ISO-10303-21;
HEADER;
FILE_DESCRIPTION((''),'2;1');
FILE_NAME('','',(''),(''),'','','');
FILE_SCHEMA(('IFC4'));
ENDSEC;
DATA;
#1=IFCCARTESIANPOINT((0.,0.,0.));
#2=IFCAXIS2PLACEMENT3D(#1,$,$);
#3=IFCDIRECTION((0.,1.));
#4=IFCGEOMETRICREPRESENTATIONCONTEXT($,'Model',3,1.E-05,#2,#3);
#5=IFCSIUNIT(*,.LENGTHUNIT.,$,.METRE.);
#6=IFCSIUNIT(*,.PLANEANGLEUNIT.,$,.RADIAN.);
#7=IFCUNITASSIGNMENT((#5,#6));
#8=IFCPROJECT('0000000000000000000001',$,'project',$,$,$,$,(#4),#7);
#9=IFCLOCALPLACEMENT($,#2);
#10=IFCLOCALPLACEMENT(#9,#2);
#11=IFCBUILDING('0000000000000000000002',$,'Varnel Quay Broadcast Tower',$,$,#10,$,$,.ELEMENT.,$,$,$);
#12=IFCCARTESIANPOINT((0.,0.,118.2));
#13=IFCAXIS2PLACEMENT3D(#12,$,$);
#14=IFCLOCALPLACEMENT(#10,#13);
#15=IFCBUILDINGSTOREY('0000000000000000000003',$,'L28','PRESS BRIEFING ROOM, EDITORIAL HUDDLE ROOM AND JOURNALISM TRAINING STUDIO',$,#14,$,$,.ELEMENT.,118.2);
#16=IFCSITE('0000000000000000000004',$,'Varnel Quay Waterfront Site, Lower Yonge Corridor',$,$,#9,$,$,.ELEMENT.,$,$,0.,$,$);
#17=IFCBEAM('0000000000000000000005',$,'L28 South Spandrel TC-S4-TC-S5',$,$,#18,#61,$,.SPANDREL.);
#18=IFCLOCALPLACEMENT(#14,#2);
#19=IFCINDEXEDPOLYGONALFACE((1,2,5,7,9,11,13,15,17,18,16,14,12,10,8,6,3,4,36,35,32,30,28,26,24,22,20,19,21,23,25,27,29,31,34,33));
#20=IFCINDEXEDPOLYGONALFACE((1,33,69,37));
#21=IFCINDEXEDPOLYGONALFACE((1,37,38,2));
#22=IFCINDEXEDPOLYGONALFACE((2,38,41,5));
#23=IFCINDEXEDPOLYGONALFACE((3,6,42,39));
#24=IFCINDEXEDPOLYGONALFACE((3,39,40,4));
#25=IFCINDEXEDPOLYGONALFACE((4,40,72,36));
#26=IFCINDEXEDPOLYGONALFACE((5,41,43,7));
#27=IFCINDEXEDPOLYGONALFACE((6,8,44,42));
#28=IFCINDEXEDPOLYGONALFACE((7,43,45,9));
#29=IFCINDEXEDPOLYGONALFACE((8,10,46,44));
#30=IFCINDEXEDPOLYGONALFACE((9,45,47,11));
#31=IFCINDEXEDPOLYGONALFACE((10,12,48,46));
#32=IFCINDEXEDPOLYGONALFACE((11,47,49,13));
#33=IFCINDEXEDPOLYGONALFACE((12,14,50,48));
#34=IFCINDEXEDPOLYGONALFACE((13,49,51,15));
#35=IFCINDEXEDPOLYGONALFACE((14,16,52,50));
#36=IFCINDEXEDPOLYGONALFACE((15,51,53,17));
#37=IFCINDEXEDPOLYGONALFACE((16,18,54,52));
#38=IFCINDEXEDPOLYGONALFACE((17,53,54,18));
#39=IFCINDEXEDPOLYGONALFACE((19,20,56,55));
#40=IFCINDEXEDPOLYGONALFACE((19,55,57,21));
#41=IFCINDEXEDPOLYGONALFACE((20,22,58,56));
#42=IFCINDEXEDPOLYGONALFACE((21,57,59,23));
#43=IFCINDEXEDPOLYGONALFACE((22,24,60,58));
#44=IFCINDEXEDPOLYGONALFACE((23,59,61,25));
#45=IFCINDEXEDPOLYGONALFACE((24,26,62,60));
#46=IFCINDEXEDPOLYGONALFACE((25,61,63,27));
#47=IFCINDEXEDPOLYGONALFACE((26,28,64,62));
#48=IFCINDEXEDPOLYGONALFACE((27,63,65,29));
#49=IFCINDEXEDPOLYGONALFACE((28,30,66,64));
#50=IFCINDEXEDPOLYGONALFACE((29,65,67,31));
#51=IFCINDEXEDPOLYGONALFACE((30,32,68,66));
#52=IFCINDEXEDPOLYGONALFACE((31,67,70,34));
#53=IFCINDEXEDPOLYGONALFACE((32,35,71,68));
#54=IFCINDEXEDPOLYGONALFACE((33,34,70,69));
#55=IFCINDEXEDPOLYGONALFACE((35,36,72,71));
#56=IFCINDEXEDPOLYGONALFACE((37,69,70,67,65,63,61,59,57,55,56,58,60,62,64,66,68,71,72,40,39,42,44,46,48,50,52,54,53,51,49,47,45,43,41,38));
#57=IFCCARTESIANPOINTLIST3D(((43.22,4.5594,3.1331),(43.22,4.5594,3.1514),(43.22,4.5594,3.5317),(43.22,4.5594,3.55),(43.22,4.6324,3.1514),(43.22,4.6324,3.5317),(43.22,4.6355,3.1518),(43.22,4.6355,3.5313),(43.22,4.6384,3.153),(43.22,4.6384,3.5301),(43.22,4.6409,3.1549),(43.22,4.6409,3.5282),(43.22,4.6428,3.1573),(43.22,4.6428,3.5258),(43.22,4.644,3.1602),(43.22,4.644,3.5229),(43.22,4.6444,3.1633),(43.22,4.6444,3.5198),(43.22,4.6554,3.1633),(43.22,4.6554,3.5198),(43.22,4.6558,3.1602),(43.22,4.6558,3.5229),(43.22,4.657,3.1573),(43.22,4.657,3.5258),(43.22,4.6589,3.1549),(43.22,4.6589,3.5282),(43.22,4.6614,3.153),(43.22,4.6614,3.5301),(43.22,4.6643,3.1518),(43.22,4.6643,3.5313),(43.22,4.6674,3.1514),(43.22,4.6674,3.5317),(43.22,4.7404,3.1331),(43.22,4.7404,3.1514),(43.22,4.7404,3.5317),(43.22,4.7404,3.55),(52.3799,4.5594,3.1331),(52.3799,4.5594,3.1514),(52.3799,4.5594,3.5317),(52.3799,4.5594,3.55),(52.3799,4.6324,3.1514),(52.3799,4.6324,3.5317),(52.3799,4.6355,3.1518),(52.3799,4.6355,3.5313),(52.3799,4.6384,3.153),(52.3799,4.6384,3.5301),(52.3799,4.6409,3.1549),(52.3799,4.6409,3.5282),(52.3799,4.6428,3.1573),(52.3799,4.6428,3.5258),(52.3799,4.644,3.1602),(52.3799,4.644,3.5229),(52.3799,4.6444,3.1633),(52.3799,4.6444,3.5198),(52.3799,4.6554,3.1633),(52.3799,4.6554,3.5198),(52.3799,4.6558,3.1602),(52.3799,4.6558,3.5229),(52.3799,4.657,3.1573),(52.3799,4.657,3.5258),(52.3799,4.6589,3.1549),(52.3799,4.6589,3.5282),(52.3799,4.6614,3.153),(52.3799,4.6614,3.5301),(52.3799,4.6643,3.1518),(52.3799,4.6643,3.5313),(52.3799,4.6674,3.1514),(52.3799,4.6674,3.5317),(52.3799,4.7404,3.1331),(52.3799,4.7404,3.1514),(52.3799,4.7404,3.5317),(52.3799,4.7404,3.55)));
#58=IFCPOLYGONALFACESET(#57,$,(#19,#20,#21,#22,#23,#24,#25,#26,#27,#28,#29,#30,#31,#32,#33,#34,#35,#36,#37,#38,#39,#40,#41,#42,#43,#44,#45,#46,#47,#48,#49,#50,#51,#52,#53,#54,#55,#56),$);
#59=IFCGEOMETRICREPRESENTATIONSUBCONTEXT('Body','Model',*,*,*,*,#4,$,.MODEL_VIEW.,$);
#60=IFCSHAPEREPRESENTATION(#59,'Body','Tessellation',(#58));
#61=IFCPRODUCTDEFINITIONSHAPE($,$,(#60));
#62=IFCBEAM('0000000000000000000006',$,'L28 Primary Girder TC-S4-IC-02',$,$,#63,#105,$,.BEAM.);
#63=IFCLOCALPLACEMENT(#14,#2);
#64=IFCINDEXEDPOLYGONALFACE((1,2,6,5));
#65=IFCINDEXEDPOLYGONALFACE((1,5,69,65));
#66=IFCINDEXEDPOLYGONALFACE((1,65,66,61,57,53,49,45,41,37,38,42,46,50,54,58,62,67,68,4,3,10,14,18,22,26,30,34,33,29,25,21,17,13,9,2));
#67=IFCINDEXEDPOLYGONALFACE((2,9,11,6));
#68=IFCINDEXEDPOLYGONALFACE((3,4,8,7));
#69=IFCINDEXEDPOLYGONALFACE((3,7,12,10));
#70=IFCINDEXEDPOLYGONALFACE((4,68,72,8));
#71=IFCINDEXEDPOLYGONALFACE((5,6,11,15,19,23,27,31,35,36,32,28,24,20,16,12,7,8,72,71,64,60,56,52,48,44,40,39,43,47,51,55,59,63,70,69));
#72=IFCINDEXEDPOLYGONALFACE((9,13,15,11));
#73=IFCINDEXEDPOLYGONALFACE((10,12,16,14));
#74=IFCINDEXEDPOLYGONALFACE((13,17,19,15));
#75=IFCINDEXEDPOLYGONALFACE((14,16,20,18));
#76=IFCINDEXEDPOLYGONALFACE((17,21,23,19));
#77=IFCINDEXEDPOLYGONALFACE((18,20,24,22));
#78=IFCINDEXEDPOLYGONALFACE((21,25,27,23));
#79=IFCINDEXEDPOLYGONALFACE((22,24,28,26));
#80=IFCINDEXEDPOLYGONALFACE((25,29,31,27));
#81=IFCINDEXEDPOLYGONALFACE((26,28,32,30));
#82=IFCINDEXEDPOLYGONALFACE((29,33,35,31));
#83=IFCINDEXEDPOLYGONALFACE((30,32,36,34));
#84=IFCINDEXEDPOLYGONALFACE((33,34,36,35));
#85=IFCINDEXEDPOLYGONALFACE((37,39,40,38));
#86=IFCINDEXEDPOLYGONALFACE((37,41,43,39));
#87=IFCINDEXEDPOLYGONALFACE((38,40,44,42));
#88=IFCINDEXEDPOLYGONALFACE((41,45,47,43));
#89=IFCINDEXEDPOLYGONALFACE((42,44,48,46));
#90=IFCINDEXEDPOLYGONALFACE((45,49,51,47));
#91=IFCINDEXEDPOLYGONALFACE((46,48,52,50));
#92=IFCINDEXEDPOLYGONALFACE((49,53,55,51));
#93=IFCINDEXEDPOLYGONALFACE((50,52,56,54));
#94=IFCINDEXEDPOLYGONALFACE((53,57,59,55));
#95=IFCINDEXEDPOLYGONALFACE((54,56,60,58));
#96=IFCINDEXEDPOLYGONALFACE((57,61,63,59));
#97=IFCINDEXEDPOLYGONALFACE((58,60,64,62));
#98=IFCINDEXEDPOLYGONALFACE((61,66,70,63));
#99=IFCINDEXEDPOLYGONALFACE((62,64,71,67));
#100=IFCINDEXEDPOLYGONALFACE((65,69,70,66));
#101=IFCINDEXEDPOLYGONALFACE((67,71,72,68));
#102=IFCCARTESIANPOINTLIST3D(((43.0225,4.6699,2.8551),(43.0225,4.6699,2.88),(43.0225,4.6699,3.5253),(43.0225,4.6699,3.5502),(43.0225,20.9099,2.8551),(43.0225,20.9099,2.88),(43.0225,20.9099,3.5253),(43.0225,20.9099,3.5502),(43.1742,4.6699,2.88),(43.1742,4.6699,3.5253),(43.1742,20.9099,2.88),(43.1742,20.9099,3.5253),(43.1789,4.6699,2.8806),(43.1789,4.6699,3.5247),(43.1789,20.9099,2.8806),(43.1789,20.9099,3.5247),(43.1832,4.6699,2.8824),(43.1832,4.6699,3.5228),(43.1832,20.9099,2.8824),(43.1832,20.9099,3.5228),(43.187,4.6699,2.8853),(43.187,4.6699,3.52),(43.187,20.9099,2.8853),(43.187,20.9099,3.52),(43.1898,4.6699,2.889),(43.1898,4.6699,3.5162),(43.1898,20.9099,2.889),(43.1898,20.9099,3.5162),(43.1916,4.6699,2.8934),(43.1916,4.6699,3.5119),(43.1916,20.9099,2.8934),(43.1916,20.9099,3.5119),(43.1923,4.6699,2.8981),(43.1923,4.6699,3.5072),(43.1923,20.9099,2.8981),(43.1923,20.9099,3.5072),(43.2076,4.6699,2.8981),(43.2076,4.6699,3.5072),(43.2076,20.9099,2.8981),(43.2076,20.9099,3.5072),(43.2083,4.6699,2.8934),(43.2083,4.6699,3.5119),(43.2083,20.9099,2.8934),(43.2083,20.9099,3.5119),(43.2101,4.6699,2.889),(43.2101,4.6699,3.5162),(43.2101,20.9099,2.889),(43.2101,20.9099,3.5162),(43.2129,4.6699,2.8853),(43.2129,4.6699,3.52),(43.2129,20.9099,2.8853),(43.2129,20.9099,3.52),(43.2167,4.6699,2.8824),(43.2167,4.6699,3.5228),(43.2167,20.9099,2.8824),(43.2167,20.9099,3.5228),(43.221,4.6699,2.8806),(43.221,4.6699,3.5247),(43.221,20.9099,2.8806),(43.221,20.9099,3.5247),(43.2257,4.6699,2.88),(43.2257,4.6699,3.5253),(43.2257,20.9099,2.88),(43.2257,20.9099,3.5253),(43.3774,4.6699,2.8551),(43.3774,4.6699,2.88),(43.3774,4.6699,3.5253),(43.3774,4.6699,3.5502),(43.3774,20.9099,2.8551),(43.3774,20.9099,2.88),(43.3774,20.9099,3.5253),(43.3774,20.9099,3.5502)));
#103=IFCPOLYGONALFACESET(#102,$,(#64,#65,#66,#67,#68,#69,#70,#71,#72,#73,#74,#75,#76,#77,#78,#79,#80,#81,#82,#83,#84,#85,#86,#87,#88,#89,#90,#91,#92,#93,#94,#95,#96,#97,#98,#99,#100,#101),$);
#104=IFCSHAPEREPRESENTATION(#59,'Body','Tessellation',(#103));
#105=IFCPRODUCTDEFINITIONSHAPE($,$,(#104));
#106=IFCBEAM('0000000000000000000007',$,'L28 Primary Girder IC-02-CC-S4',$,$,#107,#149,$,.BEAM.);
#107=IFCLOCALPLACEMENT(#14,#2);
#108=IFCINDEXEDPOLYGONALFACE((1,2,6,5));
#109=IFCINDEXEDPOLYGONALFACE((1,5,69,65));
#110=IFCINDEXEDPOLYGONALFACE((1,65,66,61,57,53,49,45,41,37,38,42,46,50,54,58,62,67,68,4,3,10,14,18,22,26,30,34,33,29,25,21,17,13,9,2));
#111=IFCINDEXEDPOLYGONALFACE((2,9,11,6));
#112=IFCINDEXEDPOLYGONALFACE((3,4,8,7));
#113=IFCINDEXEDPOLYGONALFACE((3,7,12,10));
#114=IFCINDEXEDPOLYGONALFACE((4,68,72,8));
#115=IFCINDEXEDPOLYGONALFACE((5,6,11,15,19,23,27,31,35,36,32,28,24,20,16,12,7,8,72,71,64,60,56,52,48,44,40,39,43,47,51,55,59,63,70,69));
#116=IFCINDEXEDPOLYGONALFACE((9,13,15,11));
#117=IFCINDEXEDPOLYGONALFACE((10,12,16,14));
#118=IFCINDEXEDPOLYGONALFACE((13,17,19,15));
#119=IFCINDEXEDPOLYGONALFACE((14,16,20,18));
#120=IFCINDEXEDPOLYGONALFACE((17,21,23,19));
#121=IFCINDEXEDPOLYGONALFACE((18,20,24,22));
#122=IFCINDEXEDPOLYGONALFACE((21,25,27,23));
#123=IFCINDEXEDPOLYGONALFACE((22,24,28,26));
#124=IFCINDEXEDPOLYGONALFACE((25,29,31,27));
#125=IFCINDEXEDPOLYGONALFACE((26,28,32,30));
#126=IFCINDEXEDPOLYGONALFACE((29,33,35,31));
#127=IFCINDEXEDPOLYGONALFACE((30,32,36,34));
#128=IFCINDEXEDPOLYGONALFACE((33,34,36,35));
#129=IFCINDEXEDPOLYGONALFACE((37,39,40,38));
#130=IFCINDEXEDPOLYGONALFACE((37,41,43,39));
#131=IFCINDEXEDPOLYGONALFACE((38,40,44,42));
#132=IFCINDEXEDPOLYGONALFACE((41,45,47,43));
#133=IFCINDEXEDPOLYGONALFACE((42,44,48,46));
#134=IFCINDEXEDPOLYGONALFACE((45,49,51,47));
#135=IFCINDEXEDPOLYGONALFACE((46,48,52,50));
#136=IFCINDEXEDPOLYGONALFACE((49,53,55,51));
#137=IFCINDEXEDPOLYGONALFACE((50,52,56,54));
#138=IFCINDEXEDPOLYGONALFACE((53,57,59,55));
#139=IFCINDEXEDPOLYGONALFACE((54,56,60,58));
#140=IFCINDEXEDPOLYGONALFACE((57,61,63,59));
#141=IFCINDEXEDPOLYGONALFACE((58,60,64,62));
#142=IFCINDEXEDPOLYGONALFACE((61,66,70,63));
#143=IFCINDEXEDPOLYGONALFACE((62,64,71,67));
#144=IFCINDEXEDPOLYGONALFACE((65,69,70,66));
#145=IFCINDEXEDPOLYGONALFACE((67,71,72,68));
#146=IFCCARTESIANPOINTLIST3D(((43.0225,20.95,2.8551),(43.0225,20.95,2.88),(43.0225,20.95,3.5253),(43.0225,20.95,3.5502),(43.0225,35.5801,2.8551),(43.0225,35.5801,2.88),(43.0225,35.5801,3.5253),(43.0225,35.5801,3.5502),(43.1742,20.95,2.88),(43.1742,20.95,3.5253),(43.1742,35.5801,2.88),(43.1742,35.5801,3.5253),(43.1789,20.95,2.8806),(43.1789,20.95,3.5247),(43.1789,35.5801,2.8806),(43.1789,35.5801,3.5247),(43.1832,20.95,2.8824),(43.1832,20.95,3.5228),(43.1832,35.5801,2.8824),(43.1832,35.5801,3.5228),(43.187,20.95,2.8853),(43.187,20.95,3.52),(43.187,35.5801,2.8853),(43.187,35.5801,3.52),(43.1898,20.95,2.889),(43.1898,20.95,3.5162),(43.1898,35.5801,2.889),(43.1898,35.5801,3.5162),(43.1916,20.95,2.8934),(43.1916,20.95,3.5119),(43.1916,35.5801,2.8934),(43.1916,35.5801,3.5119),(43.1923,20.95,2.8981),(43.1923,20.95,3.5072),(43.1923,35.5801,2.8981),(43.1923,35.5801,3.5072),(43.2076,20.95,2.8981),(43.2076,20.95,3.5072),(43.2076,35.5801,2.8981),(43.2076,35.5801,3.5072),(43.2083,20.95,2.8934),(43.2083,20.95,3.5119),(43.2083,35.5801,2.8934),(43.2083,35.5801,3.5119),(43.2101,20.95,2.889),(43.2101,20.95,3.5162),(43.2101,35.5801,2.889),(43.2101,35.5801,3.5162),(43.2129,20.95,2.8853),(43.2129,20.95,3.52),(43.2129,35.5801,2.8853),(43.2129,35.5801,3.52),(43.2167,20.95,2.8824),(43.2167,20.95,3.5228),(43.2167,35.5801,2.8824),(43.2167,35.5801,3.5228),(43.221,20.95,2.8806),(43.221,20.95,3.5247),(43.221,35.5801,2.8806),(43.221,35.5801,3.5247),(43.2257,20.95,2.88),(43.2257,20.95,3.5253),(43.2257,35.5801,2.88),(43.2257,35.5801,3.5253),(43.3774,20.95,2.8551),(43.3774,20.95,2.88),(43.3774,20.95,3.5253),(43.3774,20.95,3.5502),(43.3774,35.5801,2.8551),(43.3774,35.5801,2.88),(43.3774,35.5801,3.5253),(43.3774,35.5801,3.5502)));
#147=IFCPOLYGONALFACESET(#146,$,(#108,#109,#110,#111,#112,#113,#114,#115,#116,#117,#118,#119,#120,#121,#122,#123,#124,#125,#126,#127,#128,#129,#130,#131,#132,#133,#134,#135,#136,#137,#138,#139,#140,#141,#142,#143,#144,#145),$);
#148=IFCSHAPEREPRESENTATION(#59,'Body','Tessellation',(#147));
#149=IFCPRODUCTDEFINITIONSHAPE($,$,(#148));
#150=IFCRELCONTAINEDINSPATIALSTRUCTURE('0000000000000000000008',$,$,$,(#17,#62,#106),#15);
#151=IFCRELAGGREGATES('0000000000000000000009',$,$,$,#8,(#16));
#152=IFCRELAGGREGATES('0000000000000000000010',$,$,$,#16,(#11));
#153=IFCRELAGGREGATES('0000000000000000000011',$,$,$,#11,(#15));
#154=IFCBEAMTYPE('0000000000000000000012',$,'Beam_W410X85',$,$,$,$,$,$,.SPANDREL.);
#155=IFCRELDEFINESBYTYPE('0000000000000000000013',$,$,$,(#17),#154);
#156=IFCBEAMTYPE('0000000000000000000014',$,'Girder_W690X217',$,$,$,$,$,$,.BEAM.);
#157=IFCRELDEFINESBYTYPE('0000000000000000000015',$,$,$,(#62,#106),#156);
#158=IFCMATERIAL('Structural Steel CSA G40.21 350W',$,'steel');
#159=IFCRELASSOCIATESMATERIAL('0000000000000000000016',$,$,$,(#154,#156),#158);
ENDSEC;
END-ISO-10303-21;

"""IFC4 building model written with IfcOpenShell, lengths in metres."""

from ifc_helpers import new_model, si_unit, direction, frame, origin, origin_2d, place, context, subcontext, project, spatial, i_section, extrude, source, transform, mapped, material, material_profile, profile_set, type_object, type_shapes, element, save


model = new_model("IFC4")

# Units and contexts
model_context = context("Model", 3, precision=1e-05, world=origin(), true_north=direction((0.0, 1.0)))
body_context = subcontext(model_context, "Body", "Model", "MODEL_VIEW")
ifc_project = project(units=[si_unit("LENGTHUNIT", "METRE"), si_unit("PLANEANGLEUNIT", "RADIAN")], contexts=[model_context])

# Site, building, storey
site_placement = place(None, origin())
site = spatial("IfcSite", under=ifc_project, at=site_placement, Name="Varnel Quay Waterfront Site, Lower Yonge Corridor", CompositionType="ELEMENT", RefElevation=0.0)
building_placement = place(site_placement, origin())
building = spatial("IfcBuilding", under=site, at=building_placement, Name="Varnel Quay Broadcast Tower", CompositionType="ELEMENT")
storey_placement = place(building_placement, frame((0.0, 0.0, 118.2)))
storey = spatial("IfcBuildingStorey", under=building, at=storey_placement, Name="L28", Description="PRESS BRIEFING ROOM, EDITORIAL HUDDLE ROOM AND JOURNALISM TRAINING STUDIO", CompositionType="ELEMENT", Elevation=118.2)

# Shared definitions
ifc_material_1 = material(Name="Structural Steel CSA G40.21 350W", Category="steel")

# Beams
ifc_material_profile_1 = material_profile(ifc_material_1, i_section(OverallWidth=0.1809, OverallDepth=0.417, WebThickness=0.011, FlangeThickness=0.0183, FilletRadius=0.012, at=origin_2d()), Name="W410X85")
ifc_profile_set_1 = profile_set([ifc_material_profile_1], Name="Structural Steel CSA G40.21 350W")
beam_type_1 = type_object("IfcBeamType", Name="Beam_W410X85", PredefinedType="SPANDREL", material=ifc_profile_set_1)
shared_shape_1 = source(origin(), body_context, "Body", "SweptSolid", [
    extrude(i_section(OverallWidth=0.1809, OverallDepth=0.417, WebThickness=0.011, FlangeThickness=0.0183, FilletRadius=0.012, at=origin_2d()), origin(), (0.0, 0.0, 1.0), 9.1599),
])
type_shapes(beam_type_1, [shared_shape_1])
for number, where, z_axis, x_axis, name in (
    (1, (43.22, 4.6499, 3.3416), (1.0, 0.0, 0.0), (0.0, 1.0, 0.0), "L28 South Spandrel TC-S4-TC-S5"),
):
    element("IfcBeam", number, at=place(storey_placement, frame(where, z_axis=z_axis, x_axis=x_axis)), inside=storey, type_object=beam_type_1, Name=name, PredefinedType="SPANDREL", context=body_context, shape_type="MappedRepresentation", body=[
        mapped(shared_shape_1, transform((0.0, 0.0, 0.0), x_axis=(1.0, 0.0, 0.0), y_axis=(0.0, 1.0, 0.0), z_axis=(0.0, 0.0, 1.0), scale=1.0)),
    ])
ifc_material_profile_2 = material_profile(ifc_material_1, i_section(OverallWidth=0.355, OverallDepth=0.6951, WebThickness=0.0154, FlangeThickness=0.0249, FilletRadius=0.0181, at=origin_2d()), Name="W690X217")
ifc_profile_set_2 = profile_set([ifc_material_profile_2], Name="Structural Steel CSA G40.21 350W")
beam_type_2 = type_object("IfcBeamType", Name="Girder_W690X217", PredefinedType="BEAM", material=ifc_profile_set_2)
shared_shape_2 = source(origin(), body_context, "Body", "SweptSolid", [
    extrude(i_section(OverallWidth=0.355, OverallDepth=0.6951, WebThickness=0.0154, FlangeThickness=0.0249, FilletRadius=0.0181, at=origin_2d()), origin(), (0.0, 0.0, 1.0), 16.24),
])
beam_1_placement = place(storey_placement, frame((43.2, 4.6699, 3.2026), z_axis=(0.0, 1.0, 0.0), x_axis=(-1.0, 0.0, 0.0)))
element("IfcBeam", 2, at=beam_1_placement, inside=storey, type_object=beam_type_2, Name="L28 Primary Girder TC-S4-IC-02", PredefinedType="BEAM", context=body_context, shape_type="MappedRepresentation", body=[
    mapped(shared_shape_2, transform((0.0, 0.0, 0.0), x_axis=(1.0, 0.0, 0.0), y_axis=(0.0, 1.0, 0.0), z_axis=(0.0, 0.0, 1.0), scale=1.0)),
])
shared_shape_3 = source(origin(), body_context, "Body", "SweptSolid", [
    extrude(i_section(OverallWidth=0.355, OverallDepth=0.6951, WebThickness=0.0154, FlangeThickness=0.0249, FilletRadius=0.0181, at=origin_2d()), origin(), (0.0, 0.0, 1.0), 14.6301),
])
beam_2_placement = place(storey_placement, frame((43.2, 20.95, 3.2026), z_axis=(0.0, 1.0, 0.0), x_axis=(-1.0, 0.0, 0.0)))
element("IfcBeam", 3, at=beam_2_placement, inside=storey, type_object=beam_type_2, Name="L28 Primary Girder IC-02-CC-S4", PredefinedType="BEAM", context=body_context, shape_type="MappedRepresentation", body=[
    mapped(shared_shape_3, transform((0.0, 0.0, 0.0), x_axis=(1.0, 0.0, 0.0), y_axis=(0.0, 1.0, 0.0), z_axis=(0.0, 0.0, 1.0), scale=1.0)),
])

save(model, "model.ifc")
